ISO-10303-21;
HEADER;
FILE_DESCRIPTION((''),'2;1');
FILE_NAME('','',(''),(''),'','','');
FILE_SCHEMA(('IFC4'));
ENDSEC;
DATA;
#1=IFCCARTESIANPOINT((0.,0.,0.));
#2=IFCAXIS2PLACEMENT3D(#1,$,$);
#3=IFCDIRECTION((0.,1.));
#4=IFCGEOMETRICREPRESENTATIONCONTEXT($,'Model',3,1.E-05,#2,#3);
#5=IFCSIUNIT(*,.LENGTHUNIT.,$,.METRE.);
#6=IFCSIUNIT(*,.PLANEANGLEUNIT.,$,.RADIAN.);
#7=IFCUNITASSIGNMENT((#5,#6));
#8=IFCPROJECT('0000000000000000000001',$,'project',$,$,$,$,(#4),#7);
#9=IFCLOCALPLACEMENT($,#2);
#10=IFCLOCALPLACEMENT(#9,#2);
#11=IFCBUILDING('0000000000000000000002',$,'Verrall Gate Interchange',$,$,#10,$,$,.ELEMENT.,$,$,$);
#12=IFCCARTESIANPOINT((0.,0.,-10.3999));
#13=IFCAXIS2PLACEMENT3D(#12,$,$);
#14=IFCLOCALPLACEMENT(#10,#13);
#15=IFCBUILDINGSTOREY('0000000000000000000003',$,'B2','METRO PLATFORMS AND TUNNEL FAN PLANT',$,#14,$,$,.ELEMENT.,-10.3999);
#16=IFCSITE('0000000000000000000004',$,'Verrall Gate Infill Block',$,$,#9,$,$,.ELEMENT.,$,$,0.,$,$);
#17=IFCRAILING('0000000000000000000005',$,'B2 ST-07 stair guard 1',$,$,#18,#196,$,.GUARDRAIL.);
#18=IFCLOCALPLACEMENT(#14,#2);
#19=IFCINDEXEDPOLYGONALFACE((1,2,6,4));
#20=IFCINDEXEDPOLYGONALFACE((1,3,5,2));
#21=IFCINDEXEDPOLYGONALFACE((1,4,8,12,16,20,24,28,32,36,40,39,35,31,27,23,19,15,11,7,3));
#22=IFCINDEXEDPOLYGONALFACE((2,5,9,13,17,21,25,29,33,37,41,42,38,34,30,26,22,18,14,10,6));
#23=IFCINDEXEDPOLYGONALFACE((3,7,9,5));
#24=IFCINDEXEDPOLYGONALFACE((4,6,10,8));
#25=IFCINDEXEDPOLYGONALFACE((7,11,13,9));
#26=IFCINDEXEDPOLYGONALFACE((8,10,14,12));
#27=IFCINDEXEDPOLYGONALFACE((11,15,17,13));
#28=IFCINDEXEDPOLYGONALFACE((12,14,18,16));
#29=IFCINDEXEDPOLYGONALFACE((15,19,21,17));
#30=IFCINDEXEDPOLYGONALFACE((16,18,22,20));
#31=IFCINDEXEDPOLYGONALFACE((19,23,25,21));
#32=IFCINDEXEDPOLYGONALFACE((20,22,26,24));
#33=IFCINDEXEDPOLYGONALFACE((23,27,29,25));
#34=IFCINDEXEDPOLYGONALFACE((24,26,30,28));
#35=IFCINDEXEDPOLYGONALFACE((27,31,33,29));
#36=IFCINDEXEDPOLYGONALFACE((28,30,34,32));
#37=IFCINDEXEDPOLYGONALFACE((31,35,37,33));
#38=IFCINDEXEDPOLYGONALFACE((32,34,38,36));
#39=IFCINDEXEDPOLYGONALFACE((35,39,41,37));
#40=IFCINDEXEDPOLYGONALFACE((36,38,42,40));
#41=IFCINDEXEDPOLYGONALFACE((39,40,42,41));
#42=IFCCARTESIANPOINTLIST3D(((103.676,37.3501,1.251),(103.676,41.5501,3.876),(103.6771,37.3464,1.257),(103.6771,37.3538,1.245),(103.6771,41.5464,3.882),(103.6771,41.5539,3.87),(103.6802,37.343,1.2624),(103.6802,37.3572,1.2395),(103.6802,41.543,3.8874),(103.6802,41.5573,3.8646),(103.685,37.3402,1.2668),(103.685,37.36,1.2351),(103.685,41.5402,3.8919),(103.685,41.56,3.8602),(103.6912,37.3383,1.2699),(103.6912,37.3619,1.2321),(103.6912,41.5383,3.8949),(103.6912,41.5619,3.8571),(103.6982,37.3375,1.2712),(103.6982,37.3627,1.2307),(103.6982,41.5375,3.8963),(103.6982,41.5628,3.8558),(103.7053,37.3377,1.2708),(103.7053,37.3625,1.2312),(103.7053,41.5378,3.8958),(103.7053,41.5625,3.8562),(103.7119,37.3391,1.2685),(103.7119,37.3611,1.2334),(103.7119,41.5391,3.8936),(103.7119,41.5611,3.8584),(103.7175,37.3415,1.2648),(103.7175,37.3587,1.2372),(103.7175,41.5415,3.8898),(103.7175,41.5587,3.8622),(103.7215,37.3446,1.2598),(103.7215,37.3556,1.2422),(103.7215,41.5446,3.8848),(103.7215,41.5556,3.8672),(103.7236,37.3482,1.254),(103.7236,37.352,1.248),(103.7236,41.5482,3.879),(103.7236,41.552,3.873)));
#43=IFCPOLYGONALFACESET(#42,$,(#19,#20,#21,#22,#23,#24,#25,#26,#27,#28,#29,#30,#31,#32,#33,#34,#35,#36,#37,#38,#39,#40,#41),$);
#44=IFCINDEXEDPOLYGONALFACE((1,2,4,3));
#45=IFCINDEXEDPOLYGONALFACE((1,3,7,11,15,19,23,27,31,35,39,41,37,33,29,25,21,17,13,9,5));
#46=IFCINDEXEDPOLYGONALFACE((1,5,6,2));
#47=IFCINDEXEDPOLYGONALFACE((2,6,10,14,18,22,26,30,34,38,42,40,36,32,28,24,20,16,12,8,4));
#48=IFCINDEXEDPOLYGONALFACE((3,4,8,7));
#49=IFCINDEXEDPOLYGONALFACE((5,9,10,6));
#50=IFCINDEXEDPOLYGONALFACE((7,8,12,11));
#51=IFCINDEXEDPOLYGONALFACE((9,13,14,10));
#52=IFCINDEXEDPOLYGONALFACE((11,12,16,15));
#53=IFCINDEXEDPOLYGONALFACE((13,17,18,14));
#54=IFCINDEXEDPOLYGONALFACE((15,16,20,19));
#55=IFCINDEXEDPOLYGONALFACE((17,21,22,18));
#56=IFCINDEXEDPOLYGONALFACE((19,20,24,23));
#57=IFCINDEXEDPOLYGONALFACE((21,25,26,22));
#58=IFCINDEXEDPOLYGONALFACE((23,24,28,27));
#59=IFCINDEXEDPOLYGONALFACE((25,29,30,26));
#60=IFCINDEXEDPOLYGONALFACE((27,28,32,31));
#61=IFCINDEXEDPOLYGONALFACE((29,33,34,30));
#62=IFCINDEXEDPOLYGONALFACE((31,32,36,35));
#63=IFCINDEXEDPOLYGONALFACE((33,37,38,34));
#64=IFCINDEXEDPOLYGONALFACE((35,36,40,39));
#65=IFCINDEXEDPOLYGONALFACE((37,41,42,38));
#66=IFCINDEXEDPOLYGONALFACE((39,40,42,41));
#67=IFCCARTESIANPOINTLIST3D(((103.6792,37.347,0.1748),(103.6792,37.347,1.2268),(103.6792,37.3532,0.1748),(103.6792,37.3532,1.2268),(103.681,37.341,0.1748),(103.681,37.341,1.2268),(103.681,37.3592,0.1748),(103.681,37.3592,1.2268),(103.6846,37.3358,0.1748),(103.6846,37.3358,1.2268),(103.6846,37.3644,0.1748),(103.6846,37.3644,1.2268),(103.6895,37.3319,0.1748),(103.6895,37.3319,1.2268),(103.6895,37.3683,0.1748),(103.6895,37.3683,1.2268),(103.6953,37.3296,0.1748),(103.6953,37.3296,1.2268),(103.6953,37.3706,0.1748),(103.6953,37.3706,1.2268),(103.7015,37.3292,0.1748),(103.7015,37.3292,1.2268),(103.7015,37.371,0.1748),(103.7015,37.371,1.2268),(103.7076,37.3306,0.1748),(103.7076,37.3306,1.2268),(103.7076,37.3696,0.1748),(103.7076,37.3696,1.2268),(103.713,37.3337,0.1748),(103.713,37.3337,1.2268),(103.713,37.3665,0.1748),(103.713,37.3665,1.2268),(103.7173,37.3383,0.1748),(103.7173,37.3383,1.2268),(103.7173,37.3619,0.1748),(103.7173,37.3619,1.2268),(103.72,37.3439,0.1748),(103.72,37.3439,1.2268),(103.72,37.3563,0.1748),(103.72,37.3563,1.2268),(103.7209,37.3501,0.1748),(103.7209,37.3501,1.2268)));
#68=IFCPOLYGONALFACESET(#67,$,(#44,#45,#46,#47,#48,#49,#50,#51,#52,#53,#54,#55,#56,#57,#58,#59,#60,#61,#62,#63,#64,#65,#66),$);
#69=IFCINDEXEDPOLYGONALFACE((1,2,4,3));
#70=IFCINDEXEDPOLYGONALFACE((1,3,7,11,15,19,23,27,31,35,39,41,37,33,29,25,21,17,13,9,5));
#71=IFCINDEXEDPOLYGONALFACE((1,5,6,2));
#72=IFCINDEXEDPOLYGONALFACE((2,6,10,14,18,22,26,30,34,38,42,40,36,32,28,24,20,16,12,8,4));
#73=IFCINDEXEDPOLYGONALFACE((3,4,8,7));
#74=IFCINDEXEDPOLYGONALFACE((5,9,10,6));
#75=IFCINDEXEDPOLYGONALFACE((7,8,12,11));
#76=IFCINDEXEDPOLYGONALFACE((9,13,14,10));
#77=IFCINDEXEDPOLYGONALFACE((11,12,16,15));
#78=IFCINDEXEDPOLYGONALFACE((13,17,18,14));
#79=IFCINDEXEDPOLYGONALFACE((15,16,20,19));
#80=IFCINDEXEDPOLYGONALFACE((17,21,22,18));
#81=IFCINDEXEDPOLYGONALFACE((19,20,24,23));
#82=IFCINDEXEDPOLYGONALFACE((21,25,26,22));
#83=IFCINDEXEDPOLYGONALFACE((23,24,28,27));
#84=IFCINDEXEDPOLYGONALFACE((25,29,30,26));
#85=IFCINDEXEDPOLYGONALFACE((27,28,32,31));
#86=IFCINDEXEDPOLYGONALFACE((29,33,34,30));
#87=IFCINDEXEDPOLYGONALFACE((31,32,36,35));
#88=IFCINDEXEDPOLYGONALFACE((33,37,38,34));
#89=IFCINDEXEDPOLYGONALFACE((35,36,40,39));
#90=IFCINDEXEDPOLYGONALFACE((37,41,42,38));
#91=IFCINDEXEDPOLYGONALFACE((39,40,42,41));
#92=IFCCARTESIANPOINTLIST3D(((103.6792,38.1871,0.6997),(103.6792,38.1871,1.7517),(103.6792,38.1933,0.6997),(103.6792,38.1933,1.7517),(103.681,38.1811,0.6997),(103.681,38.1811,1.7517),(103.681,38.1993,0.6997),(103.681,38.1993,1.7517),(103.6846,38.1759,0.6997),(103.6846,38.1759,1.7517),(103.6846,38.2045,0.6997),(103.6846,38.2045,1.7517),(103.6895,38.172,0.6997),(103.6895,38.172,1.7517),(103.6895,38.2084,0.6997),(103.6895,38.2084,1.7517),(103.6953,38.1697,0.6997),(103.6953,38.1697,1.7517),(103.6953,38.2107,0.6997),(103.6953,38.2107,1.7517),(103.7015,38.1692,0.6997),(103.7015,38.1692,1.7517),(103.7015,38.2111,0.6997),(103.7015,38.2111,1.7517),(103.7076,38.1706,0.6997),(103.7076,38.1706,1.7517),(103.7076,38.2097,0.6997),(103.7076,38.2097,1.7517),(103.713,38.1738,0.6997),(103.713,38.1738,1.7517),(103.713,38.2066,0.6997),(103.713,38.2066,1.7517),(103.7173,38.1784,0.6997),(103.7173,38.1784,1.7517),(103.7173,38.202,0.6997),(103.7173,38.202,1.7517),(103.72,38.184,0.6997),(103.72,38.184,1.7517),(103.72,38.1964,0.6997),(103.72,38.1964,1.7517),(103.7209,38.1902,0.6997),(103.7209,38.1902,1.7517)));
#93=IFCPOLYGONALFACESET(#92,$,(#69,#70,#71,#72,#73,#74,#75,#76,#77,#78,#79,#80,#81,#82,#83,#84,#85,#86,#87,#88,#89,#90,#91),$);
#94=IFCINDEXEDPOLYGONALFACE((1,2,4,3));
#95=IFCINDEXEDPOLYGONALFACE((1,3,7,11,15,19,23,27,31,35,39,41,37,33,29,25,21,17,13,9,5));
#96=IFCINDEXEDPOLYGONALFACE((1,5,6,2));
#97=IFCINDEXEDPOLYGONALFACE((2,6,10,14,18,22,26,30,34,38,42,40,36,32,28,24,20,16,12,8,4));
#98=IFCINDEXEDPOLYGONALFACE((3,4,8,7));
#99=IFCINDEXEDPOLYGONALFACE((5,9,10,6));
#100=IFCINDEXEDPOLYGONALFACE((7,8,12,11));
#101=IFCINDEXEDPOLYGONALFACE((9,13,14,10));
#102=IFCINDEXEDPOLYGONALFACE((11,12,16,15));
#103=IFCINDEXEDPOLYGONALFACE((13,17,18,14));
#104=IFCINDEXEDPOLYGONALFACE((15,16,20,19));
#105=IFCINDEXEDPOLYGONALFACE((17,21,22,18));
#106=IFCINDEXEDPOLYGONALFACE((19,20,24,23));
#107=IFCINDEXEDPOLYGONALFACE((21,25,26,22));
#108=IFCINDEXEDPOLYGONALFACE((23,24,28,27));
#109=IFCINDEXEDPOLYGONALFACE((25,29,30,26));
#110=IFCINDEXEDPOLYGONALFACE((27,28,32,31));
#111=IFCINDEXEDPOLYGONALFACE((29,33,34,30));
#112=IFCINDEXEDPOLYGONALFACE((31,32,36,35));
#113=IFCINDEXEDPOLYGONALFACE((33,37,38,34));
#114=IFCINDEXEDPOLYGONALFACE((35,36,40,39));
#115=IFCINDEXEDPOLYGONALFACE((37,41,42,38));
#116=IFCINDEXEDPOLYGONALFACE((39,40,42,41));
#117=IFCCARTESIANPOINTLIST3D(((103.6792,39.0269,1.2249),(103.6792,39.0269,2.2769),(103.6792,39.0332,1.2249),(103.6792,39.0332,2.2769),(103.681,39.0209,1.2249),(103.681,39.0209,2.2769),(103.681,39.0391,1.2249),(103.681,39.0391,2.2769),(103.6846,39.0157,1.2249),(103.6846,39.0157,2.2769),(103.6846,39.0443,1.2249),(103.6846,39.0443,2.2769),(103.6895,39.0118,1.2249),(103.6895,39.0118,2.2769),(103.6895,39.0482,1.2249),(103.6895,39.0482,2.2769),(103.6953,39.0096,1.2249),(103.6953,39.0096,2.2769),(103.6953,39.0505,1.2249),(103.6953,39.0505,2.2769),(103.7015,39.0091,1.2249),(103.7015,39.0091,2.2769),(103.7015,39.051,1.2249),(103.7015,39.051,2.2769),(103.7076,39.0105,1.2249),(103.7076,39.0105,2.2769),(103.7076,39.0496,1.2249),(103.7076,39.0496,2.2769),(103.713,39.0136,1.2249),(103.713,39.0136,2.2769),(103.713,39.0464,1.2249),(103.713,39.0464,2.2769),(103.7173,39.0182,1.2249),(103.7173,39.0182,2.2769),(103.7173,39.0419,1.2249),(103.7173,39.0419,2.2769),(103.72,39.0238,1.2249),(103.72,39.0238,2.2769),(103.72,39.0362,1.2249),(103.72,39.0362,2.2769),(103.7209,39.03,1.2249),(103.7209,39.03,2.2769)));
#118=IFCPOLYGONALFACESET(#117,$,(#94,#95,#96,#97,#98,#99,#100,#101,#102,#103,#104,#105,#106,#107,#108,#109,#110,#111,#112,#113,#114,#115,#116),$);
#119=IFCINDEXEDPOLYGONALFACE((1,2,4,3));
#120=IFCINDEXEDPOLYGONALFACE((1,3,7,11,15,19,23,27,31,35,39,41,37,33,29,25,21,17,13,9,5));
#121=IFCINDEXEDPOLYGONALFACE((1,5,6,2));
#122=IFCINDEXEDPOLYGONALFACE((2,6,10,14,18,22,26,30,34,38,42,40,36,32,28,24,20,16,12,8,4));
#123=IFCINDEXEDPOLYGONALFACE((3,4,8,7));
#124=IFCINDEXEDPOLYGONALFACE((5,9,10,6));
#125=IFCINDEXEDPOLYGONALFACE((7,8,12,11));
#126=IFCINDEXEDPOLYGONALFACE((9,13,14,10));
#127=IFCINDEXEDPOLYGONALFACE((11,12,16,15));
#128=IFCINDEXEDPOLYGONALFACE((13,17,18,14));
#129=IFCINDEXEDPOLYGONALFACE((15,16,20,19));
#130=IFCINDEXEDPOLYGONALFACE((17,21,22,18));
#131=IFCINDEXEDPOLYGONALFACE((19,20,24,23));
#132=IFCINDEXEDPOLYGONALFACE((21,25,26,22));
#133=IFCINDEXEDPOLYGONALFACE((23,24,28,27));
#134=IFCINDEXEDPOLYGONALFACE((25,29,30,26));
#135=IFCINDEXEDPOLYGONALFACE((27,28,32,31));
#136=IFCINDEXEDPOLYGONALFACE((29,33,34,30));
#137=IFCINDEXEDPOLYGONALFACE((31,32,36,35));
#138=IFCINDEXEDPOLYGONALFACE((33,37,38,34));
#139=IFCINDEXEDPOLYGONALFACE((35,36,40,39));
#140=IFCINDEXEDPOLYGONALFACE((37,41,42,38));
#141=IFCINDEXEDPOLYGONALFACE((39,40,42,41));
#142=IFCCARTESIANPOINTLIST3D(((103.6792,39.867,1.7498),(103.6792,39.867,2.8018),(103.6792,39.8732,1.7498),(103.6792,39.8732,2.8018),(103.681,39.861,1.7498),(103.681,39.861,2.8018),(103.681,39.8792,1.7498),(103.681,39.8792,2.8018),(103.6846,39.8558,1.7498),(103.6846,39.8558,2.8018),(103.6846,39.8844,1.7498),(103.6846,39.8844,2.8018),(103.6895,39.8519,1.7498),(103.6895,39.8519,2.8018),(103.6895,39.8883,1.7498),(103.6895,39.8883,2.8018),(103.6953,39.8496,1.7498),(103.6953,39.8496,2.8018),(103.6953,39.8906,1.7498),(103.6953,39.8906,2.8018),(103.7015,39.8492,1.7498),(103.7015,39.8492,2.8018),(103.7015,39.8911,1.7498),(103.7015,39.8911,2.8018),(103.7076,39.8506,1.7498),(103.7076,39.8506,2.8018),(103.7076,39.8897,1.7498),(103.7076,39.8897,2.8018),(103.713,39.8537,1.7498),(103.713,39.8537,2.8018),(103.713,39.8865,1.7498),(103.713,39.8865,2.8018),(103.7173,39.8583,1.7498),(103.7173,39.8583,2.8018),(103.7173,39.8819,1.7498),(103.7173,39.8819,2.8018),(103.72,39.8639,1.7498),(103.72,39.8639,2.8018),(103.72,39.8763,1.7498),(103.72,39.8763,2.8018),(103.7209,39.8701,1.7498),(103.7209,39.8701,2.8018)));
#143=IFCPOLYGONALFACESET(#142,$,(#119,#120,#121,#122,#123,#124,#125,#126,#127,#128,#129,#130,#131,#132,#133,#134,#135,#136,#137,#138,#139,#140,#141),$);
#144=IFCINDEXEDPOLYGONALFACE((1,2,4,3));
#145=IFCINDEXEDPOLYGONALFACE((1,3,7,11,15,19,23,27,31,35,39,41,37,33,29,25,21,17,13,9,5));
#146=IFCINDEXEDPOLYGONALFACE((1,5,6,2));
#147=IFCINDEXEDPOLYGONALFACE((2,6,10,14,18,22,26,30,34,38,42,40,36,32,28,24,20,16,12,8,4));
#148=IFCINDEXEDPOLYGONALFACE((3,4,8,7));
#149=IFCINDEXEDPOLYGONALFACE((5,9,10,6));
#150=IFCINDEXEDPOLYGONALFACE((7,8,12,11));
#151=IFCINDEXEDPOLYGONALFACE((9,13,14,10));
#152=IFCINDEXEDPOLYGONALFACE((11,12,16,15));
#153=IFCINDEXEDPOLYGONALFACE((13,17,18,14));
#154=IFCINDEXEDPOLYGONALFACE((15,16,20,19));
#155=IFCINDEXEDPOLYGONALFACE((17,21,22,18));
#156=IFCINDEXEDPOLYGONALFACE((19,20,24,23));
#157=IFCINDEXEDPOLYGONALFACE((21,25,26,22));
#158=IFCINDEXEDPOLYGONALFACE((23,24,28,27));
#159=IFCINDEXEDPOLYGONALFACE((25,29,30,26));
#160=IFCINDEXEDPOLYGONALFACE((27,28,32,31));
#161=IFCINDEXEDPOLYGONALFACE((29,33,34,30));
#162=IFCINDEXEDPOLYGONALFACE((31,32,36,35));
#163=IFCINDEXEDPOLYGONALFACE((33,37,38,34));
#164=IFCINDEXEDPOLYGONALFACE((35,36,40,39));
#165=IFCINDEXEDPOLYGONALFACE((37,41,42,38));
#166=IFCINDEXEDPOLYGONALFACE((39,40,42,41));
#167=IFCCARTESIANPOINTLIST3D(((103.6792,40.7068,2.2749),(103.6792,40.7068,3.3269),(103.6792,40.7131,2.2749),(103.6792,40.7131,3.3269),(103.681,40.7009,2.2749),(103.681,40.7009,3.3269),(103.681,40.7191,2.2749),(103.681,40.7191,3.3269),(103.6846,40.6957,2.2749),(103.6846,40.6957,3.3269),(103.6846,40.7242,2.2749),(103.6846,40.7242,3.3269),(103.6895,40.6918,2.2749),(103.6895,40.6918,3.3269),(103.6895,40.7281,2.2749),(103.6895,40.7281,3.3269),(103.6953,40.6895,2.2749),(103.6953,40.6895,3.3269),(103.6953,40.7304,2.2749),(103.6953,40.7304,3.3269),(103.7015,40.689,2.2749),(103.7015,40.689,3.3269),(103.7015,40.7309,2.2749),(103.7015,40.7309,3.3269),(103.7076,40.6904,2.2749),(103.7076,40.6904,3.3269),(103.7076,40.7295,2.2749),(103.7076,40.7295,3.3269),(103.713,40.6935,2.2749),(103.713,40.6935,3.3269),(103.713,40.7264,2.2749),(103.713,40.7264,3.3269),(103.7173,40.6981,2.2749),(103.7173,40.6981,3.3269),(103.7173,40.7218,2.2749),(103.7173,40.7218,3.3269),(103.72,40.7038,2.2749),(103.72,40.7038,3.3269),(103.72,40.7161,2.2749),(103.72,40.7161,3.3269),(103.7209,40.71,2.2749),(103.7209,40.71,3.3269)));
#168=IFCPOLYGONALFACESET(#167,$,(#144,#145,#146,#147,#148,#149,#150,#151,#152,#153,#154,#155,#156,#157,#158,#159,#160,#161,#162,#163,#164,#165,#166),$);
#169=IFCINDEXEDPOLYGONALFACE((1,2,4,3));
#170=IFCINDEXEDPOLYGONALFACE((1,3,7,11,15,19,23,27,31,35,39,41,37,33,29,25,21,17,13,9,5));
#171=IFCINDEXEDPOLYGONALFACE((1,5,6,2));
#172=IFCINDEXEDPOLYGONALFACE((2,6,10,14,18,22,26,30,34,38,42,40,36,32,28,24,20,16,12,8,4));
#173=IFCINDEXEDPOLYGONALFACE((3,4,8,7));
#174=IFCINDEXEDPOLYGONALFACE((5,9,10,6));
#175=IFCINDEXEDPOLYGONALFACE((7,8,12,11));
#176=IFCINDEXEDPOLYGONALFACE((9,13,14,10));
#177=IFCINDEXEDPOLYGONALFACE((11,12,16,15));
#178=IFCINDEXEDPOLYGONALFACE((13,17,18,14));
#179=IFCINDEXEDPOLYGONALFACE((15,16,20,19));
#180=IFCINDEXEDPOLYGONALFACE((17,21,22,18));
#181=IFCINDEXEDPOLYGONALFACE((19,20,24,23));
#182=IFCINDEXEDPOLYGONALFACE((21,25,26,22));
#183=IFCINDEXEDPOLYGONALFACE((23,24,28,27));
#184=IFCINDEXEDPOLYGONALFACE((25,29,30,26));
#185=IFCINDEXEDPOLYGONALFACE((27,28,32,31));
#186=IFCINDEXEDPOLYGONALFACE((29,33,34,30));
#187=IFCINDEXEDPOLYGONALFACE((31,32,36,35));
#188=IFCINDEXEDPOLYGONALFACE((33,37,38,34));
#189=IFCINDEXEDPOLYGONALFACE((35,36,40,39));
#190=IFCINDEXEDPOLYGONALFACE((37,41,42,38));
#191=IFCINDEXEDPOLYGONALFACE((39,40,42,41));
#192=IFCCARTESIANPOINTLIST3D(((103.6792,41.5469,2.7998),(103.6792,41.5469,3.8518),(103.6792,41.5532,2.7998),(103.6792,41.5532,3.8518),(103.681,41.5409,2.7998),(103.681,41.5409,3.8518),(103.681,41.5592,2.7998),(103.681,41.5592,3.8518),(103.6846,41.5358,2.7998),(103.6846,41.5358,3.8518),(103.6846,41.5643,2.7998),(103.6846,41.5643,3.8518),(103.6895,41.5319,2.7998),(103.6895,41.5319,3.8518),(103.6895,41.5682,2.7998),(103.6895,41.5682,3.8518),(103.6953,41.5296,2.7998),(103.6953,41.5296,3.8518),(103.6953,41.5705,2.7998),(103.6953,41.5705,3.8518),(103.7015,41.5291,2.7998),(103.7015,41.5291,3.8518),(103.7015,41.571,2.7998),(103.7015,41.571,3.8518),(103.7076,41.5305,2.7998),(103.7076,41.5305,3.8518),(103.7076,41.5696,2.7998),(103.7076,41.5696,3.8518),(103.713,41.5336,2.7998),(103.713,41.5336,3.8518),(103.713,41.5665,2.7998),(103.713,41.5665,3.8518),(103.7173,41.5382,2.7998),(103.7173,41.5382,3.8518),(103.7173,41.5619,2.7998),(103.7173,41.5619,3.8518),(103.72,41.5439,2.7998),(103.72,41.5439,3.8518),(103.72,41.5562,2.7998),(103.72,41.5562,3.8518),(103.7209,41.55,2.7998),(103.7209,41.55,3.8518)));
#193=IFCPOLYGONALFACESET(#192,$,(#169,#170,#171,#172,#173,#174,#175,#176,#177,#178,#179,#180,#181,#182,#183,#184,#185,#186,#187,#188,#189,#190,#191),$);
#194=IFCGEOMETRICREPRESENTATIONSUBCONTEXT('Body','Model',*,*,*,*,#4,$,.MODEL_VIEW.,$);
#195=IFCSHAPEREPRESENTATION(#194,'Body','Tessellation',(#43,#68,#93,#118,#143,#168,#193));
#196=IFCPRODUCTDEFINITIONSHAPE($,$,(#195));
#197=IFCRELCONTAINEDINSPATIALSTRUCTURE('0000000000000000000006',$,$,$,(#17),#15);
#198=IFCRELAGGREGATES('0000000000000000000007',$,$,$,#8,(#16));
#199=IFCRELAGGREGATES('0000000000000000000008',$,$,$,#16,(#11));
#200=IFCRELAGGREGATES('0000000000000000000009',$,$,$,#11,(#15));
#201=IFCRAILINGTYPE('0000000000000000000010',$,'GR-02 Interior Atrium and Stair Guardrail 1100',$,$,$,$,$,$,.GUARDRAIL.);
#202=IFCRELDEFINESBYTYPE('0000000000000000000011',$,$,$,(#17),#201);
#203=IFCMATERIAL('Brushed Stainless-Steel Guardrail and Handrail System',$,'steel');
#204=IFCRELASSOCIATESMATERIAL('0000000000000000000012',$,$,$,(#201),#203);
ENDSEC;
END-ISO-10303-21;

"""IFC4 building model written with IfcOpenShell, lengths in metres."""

from ifc_helpers import new_model, si_unit, direction, frame, origin, origin_2d, place, context, subcontext, project, spatial, circle, extrude, material, type_object, element, save


model = new_model("IFC4")

# Units and contexts
model_context = context("Model", 3, precision=1e-05, world=origin(), true_north=direction((0.0, 1.0)))
body_context = subcontext(model_context, "Body", "Model", "MODEL_VIEW")
ifc_project = project(units=[si_unit("LENGTHUNIT", "METRE"), si_unit("PLANEANGLEUNIT", "RADIAN")], contexts=[model_context])

# Site, building, storey
site_placement = place(None, origin())
site = spatial("IfcSite", under=ifc_project, at=site_placement, Name="Verrall Gate Infill Block", CompositionType="ELEMENT", RefElevation=0.0)
building_placement = place(site_placement, origin())
building = spatial("IfcBuilding", under=site, at=building_placement, Name="Verrall Gate Interchange", CompositionType="ELEMENT")
storey_placement = place(building_placement, frame((0.0, 0.0, -10.3999)))
storey = spatial("IfcBuildingStorey", under=building, at=storey_placement, Name="B2", Description="METRO PLATFORMS AND TUNNEL FAN PLANT", CompositionType="ELEMENT", Elevation=-10.3999)

# Railing
ifc_material_1 = material(Name="Brushed Stainless-Steel Guardrail and Handrail System", Category="steel")
railing_type_1 = type_object("IfcRailingType", Name="GR-02 Interior Atrium and Stair Guardrail 1100", PredefinedType="GUARDRAIL", material=ifc_material_1)
railing_1_placement = place(storey_placement, frame((103.7, 37.3501, 0.1748)))
element("IfcRailing", 1, at=railing_1_placement, inside=storey, type_object=railing_type_1, Name="B2 ST-07 stair guard 1", PredefinedType="GUARDRAIL", context=body_context, shape_type="SweptSolid", body=[
    extrude(circle(Radius=0.0239, at=origin_2d()), frame((0.0, 0.0, 1.0762), z_axis=(0.0, 0.847996, 0.530003), x_axis=(-1.0, 0.0, 0.0)), (0.0, 0.0, 1.0), 4.9529),
    extrude(circle(Radius=0.021, at=origin_2d()), origin(), (0.0, 0.0, 1.0), 1.052),
    extrude(circle(Radius=0.021, at=origin_2d()), frame((0.0, 0.8401, 0.5249)), (0.0, 0.0, 1.0), 1.052),
    extrude(circle(Radius=0.021, at=origin_2d()), frame((0.0, 1.6799, 1.05)), (0.0, 0.0, 1.0), 1.052),
    extrude(circle(Radius=0.021, at=origin_2d()), frame((0.0, 2.52, 1.575)), (0.0, 0.0, 1.0), 1.052),
    extrude(circle(Radius=0.021, at=origin_2d()), frame((0.0, 3.3599, 2.1001)), (0.0, 0.0, 1.0), 1.052),
    extrude(circle(Radius=0.021, at=origin_2d()), frame((0.0, 4.2, 2.625)), (0.0, 0.0, 1.0), 1.052),
])

save(model, "model.ifc")
